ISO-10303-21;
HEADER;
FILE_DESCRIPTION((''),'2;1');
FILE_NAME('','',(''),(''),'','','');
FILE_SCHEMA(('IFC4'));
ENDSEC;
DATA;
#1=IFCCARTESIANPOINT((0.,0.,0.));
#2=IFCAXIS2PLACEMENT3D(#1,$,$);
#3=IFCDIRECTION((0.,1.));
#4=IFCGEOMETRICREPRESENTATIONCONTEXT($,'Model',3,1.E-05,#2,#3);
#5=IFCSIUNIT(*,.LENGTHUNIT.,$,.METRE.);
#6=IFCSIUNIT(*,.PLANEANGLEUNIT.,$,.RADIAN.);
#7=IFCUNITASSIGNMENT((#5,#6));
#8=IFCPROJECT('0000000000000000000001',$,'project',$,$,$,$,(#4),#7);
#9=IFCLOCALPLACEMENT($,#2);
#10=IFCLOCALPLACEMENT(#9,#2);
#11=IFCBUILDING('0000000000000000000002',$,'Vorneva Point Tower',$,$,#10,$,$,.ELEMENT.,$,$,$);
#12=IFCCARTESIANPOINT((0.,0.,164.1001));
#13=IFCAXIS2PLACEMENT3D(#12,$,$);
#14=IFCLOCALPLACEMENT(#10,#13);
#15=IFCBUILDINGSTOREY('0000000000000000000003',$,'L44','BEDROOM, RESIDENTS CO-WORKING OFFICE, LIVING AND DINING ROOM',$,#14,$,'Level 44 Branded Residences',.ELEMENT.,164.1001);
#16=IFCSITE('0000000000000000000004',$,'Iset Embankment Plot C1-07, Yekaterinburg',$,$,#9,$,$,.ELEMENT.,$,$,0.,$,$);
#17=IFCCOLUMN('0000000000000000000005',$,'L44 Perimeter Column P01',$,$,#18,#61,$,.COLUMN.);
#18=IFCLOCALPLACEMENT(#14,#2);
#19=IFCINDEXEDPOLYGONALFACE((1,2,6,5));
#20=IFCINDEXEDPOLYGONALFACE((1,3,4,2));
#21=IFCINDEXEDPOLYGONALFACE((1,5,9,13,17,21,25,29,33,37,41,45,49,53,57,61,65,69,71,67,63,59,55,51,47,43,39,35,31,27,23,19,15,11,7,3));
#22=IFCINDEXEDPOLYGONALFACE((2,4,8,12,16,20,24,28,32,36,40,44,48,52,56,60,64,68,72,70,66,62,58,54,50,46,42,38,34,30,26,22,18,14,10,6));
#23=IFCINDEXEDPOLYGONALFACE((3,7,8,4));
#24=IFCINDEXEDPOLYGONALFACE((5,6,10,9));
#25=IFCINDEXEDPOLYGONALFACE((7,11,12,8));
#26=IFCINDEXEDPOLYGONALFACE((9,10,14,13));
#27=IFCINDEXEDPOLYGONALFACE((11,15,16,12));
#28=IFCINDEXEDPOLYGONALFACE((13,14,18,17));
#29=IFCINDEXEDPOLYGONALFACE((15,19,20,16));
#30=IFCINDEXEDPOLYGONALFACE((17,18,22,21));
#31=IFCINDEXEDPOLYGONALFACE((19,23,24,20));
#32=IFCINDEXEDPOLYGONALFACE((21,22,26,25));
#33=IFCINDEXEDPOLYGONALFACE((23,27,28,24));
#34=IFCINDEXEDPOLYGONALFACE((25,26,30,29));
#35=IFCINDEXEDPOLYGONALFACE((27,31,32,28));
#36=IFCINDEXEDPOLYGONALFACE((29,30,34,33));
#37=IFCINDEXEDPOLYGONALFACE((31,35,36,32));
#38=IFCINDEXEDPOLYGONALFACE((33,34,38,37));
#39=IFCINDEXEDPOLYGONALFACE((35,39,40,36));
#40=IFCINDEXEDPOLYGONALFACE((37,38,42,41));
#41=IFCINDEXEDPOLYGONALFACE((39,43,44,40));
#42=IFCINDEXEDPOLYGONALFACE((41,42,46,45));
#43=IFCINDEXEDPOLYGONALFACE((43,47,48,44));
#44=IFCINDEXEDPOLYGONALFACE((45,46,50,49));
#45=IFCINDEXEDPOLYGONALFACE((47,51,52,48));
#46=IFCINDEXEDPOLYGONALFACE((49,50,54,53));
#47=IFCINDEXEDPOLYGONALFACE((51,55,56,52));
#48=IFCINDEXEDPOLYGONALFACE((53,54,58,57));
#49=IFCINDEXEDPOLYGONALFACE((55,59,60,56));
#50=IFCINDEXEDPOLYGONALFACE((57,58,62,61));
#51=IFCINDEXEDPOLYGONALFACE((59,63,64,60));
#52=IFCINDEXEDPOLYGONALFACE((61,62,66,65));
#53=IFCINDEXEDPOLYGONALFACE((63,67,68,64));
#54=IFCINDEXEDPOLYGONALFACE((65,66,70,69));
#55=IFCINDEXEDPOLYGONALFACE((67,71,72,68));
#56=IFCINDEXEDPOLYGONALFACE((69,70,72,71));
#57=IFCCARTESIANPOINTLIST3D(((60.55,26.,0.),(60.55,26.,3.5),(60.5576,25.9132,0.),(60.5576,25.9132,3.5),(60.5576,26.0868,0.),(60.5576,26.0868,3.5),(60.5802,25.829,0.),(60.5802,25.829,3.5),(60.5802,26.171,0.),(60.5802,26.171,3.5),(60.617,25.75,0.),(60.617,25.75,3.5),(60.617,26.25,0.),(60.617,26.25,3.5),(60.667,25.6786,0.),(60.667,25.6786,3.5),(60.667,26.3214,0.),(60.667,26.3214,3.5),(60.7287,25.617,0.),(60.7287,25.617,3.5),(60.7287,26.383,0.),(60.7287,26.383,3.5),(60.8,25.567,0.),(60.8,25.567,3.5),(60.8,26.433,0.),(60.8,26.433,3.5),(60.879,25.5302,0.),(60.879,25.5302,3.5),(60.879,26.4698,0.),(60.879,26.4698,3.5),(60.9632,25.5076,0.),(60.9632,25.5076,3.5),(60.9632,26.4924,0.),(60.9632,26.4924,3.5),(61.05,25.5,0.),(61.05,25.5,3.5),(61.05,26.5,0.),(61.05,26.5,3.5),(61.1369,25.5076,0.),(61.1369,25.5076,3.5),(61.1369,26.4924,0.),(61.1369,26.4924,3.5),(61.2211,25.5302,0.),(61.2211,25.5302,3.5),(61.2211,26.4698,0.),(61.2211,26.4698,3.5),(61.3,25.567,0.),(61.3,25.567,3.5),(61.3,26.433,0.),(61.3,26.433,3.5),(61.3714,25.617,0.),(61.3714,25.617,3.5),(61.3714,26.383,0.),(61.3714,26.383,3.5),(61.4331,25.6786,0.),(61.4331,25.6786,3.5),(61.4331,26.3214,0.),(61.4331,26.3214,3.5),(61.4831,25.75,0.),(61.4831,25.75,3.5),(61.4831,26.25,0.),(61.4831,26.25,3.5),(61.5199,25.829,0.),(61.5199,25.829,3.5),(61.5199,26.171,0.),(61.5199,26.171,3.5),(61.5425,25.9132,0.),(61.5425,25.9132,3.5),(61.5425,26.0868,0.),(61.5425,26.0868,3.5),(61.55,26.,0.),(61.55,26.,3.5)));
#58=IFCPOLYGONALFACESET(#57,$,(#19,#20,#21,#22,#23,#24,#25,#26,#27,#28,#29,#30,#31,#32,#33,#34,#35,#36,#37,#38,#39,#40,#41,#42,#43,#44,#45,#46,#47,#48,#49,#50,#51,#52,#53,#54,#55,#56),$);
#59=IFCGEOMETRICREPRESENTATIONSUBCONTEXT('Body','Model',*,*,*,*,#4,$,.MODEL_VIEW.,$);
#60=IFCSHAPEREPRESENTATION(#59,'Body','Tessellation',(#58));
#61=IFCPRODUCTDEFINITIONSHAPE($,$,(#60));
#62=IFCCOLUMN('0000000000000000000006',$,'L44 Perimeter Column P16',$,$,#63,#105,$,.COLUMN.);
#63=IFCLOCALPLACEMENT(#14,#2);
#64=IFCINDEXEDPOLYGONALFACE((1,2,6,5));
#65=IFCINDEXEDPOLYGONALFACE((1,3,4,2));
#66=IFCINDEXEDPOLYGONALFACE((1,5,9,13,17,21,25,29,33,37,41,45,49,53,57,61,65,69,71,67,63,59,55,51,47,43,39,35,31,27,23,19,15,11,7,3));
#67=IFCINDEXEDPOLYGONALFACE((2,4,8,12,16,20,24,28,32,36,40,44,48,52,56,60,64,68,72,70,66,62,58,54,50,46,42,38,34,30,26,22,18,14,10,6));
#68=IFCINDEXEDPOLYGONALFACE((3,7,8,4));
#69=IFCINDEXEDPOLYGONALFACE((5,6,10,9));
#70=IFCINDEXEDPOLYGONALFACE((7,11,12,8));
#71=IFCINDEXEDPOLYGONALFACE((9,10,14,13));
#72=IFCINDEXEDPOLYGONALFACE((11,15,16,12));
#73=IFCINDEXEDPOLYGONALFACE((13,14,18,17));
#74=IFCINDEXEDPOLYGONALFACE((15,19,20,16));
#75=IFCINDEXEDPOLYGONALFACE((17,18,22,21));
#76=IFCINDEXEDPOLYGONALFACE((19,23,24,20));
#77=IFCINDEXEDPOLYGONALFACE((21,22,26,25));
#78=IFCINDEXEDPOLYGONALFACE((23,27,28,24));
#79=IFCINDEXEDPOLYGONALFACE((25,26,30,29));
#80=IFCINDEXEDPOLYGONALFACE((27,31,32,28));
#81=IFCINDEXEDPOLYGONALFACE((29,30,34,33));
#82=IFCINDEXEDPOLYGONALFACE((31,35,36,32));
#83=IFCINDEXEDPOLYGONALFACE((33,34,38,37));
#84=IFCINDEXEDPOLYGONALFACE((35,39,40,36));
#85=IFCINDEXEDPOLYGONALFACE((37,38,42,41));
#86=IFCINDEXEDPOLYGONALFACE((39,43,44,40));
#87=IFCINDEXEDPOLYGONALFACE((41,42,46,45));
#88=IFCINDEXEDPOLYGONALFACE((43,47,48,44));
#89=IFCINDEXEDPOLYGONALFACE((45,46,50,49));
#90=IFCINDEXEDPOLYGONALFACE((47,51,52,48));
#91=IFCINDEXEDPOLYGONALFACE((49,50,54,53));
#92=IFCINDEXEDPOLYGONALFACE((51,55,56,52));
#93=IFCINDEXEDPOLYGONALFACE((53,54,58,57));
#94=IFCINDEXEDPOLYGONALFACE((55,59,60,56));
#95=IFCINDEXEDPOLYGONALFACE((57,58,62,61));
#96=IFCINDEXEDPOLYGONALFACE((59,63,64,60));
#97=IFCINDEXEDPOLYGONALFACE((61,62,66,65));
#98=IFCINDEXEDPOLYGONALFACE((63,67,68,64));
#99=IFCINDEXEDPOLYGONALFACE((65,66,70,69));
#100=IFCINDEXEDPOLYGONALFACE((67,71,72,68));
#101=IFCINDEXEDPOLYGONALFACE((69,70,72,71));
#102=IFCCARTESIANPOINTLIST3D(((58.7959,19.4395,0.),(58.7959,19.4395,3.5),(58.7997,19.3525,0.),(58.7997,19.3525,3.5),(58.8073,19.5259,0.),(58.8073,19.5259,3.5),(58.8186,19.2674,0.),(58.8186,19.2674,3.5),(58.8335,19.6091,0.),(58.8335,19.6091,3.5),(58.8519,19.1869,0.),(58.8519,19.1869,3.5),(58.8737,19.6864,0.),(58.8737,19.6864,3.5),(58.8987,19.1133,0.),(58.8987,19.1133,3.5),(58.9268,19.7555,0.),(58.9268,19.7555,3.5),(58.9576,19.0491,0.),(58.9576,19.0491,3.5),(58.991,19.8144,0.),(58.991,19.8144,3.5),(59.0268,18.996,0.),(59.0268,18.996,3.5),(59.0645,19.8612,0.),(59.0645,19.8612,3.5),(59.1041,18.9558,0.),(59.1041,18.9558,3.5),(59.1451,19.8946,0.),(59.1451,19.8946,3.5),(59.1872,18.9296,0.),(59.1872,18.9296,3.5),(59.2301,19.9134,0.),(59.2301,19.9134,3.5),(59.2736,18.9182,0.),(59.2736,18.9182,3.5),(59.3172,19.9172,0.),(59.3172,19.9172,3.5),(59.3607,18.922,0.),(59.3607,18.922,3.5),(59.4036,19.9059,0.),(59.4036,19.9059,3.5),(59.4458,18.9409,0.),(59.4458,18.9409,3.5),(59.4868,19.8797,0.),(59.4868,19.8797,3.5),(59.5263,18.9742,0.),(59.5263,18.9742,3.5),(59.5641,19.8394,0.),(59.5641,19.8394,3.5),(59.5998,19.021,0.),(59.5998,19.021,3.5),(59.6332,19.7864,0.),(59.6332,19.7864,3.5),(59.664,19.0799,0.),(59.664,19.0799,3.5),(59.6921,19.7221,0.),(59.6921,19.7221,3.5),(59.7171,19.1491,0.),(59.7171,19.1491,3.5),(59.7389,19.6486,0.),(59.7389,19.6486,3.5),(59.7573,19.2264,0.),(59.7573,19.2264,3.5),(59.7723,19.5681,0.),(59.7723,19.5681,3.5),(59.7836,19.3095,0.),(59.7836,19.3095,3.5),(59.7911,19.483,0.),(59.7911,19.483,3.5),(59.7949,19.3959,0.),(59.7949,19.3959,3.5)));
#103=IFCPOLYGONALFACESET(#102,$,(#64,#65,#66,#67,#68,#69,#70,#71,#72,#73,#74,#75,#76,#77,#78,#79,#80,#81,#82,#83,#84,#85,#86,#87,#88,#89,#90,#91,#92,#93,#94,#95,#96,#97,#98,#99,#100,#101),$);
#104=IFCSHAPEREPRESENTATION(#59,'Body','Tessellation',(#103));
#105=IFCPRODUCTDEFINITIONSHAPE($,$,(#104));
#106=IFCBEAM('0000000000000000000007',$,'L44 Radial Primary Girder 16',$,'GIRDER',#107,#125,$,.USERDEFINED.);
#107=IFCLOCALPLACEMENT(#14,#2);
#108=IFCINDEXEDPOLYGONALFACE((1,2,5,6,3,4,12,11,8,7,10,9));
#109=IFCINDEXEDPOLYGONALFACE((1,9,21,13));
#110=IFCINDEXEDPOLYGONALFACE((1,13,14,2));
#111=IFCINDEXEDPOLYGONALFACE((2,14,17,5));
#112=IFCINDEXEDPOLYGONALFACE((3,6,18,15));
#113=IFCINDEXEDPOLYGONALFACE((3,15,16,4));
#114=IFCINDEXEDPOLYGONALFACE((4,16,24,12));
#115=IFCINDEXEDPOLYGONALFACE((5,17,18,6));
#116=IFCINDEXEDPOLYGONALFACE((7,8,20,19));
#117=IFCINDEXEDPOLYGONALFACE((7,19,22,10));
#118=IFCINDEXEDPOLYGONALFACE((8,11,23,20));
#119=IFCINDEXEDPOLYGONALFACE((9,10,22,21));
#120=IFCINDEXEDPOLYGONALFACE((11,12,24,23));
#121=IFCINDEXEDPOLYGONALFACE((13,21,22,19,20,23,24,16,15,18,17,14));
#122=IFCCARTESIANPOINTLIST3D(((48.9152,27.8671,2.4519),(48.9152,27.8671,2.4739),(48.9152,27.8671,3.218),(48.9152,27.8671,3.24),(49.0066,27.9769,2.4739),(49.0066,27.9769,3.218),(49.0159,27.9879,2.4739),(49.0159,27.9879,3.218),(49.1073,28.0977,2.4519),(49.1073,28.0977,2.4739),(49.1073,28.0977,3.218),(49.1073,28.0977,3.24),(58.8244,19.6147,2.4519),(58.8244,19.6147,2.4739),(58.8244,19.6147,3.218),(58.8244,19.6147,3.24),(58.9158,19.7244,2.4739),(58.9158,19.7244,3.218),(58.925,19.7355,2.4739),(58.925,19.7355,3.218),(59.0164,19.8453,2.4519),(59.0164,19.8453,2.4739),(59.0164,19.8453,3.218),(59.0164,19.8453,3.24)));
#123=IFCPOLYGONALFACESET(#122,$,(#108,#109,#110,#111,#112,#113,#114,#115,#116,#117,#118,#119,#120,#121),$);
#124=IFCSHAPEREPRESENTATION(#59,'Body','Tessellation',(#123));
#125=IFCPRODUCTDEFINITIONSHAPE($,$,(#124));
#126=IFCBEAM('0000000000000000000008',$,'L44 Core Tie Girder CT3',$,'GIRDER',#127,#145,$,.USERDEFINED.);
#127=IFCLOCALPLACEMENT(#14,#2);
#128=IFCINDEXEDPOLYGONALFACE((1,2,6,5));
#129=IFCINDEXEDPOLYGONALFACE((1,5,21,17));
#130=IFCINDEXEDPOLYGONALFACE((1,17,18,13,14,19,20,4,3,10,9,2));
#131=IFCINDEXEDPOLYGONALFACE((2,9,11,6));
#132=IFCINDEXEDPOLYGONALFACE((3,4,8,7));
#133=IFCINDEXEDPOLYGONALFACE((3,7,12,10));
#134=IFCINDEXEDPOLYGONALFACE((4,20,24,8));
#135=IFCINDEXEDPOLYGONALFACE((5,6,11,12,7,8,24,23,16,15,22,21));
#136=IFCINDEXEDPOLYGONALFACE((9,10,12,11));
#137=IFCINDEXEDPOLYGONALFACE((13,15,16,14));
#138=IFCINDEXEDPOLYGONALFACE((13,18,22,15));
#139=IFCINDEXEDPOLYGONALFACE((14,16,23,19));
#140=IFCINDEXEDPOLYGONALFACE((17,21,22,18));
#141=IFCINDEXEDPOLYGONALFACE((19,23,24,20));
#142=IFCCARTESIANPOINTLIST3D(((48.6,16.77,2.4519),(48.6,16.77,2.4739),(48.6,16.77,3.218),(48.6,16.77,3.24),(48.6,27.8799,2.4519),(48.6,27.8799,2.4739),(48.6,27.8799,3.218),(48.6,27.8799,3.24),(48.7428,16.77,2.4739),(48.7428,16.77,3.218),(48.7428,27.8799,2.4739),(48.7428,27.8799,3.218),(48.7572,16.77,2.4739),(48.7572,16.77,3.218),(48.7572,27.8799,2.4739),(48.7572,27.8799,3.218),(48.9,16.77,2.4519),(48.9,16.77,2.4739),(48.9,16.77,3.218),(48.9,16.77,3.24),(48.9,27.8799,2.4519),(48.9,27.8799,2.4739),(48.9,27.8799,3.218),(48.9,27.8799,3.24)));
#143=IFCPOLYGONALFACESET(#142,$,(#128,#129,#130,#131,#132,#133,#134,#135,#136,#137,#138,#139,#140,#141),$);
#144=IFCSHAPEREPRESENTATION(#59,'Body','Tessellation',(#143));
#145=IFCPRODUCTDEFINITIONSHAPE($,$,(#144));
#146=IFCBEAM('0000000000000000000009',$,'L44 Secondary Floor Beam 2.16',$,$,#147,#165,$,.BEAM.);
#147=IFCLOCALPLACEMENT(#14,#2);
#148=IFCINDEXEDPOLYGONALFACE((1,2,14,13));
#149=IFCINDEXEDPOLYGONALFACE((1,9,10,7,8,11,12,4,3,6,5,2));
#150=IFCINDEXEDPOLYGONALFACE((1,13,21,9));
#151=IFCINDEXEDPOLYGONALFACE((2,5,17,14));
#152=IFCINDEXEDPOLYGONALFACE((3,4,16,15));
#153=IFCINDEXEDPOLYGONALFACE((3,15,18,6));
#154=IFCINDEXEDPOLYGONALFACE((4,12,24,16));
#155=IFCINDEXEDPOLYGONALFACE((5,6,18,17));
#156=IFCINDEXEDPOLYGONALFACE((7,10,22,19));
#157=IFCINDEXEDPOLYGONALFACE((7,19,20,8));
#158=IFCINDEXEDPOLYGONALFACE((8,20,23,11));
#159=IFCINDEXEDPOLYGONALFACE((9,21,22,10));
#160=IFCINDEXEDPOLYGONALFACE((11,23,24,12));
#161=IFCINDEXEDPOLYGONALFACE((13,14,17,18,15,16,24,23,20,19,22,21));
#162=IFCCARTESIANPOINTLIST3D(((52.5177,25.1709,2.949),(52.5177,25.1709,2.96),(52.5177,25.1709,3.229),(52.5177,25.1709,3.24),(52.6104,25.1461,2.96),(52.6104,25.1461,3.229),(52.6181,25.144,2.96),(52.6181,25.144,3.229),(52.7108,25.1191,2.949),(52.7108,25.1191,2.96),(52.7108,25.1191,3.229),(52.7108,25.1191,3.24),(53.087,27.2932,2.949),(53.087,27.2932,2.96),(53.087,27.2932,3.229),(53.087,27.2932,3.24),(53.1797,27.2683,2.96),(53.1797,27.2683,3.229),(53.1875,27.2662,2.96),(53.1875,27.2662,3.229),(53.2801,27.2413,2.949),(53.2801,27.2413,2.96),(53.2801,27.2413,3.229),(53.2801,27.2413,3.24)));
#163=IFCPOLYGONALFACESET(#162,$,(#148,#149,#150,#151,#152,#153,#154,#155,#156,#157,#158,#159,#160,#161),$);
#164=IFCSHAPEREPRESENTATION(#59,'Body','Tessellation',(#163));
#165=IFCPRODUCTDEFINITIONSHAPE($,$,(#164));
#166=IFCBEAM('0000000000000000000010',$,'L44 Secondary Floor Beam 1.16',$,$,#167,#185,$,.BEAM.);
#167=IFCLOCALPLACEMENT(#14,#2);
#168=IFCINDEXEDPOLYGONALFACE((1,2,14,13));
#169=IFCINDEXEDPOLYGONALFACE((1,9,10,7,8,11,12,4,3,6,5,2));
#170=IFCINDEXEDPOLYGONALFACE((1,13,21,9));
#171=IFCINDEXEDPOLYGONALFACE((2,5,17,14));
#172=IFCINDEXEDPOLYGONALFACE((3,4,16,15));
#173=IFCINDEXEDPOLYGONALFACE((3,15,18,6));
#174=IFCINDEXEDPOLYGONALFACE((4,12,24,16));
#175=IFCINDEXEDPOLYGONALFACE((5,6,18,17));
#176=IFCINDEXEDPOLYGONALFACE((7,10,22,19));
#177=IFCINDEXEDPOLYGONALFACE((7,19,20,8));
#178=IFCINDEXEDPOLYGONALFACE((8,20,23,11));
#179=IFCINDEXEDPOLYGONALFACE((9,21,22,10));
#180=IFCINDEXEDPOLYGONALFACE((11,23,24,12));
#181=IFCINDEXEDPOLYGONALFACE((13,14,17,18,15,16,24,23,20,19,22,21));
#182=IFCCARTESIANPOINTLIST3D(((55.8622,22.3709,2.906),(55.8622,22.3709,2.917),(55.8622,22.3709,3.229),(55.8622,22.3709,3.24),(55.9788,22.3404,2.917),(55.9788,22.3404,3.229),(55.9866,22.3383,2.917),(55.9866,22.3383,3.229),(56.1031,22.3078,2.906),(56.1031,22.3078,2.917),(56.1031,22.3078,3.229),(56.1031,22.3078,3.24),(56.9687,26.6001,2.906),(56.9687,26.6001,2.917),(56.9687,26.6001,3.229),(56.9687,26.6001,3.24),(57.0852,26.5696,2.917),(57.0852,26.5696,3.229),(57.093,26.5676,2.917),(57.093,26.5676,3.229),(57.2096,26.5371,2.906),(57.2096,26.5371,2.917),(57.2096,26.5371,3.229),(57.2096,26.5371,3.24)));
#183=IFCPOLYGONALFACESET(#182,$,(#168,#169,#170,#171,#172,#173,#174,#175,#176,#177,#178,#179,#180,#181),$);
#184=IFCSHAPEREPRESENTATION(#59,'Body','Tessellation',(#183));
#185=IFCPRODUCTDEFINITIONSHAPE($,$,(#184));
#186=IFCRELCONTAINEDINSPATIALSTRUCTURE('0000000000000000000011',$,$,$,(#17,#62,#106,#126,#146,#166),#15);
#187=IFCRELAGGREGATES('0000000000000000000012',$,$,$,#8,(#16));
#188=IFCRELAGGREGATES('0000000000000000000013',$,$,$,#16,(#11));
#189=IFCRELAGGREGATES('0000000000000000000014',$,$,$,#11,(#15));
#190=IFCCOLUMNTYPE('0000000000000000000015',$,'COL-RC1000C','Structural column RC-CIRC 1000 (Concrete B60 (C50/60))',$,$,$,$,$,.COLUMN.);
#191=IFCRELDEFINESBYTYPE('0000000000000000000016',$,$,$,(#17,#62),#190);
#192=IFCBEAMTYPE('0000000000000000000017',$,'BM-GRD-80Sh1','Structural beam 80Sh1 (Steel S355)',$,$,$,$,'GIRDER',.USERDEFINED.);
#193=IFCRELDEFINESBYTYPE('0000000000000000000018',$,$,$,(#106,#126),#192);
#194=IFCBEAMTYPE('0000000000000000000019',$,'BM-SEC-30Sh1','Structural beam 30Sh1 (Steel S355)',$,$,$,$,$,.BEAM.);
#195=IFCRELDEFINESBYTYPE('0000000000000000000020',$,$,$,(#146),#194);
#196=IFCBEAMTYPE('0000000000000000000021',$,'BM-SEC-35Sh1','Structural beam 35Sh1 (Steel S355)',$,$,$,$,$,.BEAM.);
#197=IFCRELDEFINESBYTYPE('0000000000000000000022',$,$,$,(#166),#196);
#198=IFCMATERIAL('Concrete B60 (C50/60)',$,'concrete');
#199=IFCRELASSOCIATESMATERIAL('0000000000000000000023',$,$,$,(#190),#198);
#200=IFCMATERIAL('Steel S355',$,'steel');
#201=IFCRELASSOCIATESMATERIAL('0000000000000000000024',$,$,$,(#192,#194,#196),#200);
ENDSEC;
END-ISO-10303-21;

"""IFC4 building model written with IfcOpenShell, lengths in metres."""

from ifc_helpers import new_model, si_unit, direction, frame, origin, origin_2d, place, context, subcontext, project, spatial, circle, i_section, extrude, material, material_profile, profile_set, type_object, element, save


model = new_model("IFC4")

# Units and contexts
model_context = context("Model", 3, precision=1e-05, world=origin(), true_north=direction((0.0, 1.0)))
body_context = subcontext(model_context, "Body", "Model", "MODEL_VIEW")
ifc_project = project(units=[si_unit("LENGTHUNIT", "METRE"), si_unit("PLANEANGLEUNIT", "RADIAN")], contexts=[model_context])

# Site, building, storey
site_placement = place(None, origin())
site = spatial("IfcSite", under=ifc_project, at=site_placement, Name="Iset Embankment Plot C1-07, Yekaterinburg", CompositionType="ELEMENT", RefElevation=0.0)
building_placement = place(site_placement, origin())
building = spatial("IfcBuilding", under=site, at=building_placement, Name="Vorneva Point Tower", CompositionType="ELEMENT")
storey_placement = place(building_placement, frame((0.0, 0.0, 164.1001)))
storey = spatial("IfcBuildingStorey", under=building, at=storey_placement, Name="L44", Description="BEDROOM, RESIDENTS CO-WORKING OFFICE, LIVING AND DINING ROOM", LongName="Level 44 Branded Residences", CompositionType="ELEMENT", Elevation=164.1001)

# Columns
ifc_material_1 = material(Name="Concrete B60 (C50/60)", Category="concrete")
ifc_material_profile_1 = material_profile(ifc_material_1, circle(Radius=0.5, at=origin_2d()), Name="RC-CIRC 1000")
ifc_profile_set_1 = profile_set([ifc_material_profile_1], Name="Concrete B60 (C50/60)")
column_type = type_object("IfcColumnType", Name="COL-RC1000C", Description="Structural column RC-CIRC 1000 (Concrete B60 (C50/60))", PredefinedType="COLUMN", material=ifc_profile_set_1)
for number, where, z_axis, x_axis, name in (
    (1, (61.05, 26.0, 0.0), (0.0, 0.0, 1.0), (1.0, 0.0, 0.0), "L44 Perimeter Column P01"),
    (2, (59.2954, 19.4177, 0.0), (0.0, 0.0, 1.0), (0.92388, -0.382683, 0.0), "L44 Perimeter Column P16"),
):
    element("IfcColumn", number, at=place(storey_placement, frame(where, z_axis=z_axis, x_axis=x_axis)), inside=storey, type_object=column_type, Name=name, PredefinedType="COLUMN", context=body_context, shape_type="SweptSolid", body=[
        extrude(circle(Radius=0.5, at=origin_2d()), origin(), (0.0, 0.0, 1.0), 3.5),
    ])

# Beams
ifc_material_2 = material(Name="Steel S355", Category="steel")
ifc_material_profile_2 = material_profile(ifc_material_2, i_section(OverallWidth=0.3, OverallDepth=0.7881, WebThickness=0.0144, FlangeThickness=0.022, at=origin_2d()), Name="80Sh1")
ifc_profile_set_2 = profile_set([ifc_material_profile_2], Name="Steel S355")
beam_type_1 = type_object("IfcBeamType", Name="BM-GRD-80Sh1", Description="Structural beam 80Sh1 (Steel S355)", ElementType="GIRDER", PredefinedType="USERDEFINED", material=ifc_profile_set_2)
beam_1_placement = place(storey_placement, frame((58.9204, 19.73, 2.8459), z_axis=(-0.76842, 0.639946, 0.0), x_axis=(-0.639946, -0.76842, 0.0)))
element("IfcBeam", 3, at=beam_1_placement, inside=storey, type_object=beam_type_1, Name="L44 Radial Primary Girder 16", ObjectType="GIRDER", PredefinedType="USERDEFINED", context=body_context, shape_type="SweptSolid", body=[
    extrude(i_section(OverallWidth=0.3, OverallDepth=0.7881, WebThickness=0.0144, FlangeThickness=0.022, at=origin_2d()), origin(), (0.0, 0.0, 1.0), 12.8955),
])
beam_2_placement = place(storey_placement, frame((48.75, 16.77, 2.8459), z_axis=(0.0, 1.0, 0.0), x_axis=(-1.0, 0.0, 0.0)))
element("IfcBeam", 4, at=beam_2_placement, inside=storey, type_object=beam_type_1, Name="L44 Core Tie Girder CT3", ObjectType="GIRDER", PredefinedType="USERDEFINED", context=body_context, shape_type="SweptSolid", body=[
    extrude(i_section(OverallWidth=0.3, OverallDepth=0.7881, WebThickness=0.0144, FlangeThickness=0.022, at=origin_2d()), origin(), (0.0, 0.0, 1.0), 11.1099),
])
ifc_material_profile_3 = material_profile(ifc_material_2, i_section(OverallWidth=0.2, OverallDepth=0.291, WebThickness=0.0081, FlangeThickness=0.011, at=origin_2d()), Name="30Sh1")
ifc_profile_set_3 = profile_set([ifc_material_profile_3], Name="Steel S355")
beam_type_2 = type_object("IfcBeamType", Name="BM-SEC-30Sh1", Description="Structural beam 30Sh1 (Steel S355)", PredefinedType="BEAM", material=ifc_profile_set_3)
beam_3_placement = place(storey_placement, frame((52.6143, 25.145, 3.0945), z_axis=(0.259101, 0.96585, 0.0), x_axis=(-0.96585, 0.259101, 0.0)))
element("IfcBeam", 5, at=beam_3_placement, inside=storey, type_object=beam_type_2, Name="L44 Secondary Floor Beam 2.16", PredefinedType="BEAM", context=body_context, shape_type="SweptSolid", body=[
    extrude(i_section(OverallWidth=0.2, OverallDepth=0.291, WebThickness=0.0081, FlangeThickness=0.011, at=origin_2d()), origin(), (0.0, 0.0, 1.0), 2.1973),
])
ifc_material_profile_4 = material_profile(ifc_material_2, i_section(OverallWidth=0.249, OverallDepth=0.334, WebThickness=0.0081, FlangeThickness=0.011, at=origin_2d()), Name="35Sh1")
ifc_profile_set_4 = profile_set([ifc_material_profile_4], Name="Steel S355")
beam_type_3 = type_object("IfcBeamType", Name="BM-SEC-35Sh1", Description="Structural beam 35Sh1 (Steel S355)", PredefinedType="BEAM", material=ifc_profile_set_4)
beam_4_placement = place(storey_placement, frame((55.9827, 22.3394, 3.073), z_axis=(0.253099, 0.96744, 0.0), x_axis=(-0.96744, 0.253099, 0.0)))
element("IfcBeam", 6, at=beam_4_placement, inside=storey, type_object=beam_type_3, Name="L44 Secondary Floor Beam 1.16", PredefinedType="BEAM", context=body_context, shape_type="SweptSolid", body=[
    extrude(i_section(OverallWidth=0.249, OverallDepth=0.334, WebThickness=0.0081, FlangeThickness=0.011, at=origin_2d()), origin(), (0.0, 0.0, 1.0), 4.3716),
])

save(model, "model.ifc")
